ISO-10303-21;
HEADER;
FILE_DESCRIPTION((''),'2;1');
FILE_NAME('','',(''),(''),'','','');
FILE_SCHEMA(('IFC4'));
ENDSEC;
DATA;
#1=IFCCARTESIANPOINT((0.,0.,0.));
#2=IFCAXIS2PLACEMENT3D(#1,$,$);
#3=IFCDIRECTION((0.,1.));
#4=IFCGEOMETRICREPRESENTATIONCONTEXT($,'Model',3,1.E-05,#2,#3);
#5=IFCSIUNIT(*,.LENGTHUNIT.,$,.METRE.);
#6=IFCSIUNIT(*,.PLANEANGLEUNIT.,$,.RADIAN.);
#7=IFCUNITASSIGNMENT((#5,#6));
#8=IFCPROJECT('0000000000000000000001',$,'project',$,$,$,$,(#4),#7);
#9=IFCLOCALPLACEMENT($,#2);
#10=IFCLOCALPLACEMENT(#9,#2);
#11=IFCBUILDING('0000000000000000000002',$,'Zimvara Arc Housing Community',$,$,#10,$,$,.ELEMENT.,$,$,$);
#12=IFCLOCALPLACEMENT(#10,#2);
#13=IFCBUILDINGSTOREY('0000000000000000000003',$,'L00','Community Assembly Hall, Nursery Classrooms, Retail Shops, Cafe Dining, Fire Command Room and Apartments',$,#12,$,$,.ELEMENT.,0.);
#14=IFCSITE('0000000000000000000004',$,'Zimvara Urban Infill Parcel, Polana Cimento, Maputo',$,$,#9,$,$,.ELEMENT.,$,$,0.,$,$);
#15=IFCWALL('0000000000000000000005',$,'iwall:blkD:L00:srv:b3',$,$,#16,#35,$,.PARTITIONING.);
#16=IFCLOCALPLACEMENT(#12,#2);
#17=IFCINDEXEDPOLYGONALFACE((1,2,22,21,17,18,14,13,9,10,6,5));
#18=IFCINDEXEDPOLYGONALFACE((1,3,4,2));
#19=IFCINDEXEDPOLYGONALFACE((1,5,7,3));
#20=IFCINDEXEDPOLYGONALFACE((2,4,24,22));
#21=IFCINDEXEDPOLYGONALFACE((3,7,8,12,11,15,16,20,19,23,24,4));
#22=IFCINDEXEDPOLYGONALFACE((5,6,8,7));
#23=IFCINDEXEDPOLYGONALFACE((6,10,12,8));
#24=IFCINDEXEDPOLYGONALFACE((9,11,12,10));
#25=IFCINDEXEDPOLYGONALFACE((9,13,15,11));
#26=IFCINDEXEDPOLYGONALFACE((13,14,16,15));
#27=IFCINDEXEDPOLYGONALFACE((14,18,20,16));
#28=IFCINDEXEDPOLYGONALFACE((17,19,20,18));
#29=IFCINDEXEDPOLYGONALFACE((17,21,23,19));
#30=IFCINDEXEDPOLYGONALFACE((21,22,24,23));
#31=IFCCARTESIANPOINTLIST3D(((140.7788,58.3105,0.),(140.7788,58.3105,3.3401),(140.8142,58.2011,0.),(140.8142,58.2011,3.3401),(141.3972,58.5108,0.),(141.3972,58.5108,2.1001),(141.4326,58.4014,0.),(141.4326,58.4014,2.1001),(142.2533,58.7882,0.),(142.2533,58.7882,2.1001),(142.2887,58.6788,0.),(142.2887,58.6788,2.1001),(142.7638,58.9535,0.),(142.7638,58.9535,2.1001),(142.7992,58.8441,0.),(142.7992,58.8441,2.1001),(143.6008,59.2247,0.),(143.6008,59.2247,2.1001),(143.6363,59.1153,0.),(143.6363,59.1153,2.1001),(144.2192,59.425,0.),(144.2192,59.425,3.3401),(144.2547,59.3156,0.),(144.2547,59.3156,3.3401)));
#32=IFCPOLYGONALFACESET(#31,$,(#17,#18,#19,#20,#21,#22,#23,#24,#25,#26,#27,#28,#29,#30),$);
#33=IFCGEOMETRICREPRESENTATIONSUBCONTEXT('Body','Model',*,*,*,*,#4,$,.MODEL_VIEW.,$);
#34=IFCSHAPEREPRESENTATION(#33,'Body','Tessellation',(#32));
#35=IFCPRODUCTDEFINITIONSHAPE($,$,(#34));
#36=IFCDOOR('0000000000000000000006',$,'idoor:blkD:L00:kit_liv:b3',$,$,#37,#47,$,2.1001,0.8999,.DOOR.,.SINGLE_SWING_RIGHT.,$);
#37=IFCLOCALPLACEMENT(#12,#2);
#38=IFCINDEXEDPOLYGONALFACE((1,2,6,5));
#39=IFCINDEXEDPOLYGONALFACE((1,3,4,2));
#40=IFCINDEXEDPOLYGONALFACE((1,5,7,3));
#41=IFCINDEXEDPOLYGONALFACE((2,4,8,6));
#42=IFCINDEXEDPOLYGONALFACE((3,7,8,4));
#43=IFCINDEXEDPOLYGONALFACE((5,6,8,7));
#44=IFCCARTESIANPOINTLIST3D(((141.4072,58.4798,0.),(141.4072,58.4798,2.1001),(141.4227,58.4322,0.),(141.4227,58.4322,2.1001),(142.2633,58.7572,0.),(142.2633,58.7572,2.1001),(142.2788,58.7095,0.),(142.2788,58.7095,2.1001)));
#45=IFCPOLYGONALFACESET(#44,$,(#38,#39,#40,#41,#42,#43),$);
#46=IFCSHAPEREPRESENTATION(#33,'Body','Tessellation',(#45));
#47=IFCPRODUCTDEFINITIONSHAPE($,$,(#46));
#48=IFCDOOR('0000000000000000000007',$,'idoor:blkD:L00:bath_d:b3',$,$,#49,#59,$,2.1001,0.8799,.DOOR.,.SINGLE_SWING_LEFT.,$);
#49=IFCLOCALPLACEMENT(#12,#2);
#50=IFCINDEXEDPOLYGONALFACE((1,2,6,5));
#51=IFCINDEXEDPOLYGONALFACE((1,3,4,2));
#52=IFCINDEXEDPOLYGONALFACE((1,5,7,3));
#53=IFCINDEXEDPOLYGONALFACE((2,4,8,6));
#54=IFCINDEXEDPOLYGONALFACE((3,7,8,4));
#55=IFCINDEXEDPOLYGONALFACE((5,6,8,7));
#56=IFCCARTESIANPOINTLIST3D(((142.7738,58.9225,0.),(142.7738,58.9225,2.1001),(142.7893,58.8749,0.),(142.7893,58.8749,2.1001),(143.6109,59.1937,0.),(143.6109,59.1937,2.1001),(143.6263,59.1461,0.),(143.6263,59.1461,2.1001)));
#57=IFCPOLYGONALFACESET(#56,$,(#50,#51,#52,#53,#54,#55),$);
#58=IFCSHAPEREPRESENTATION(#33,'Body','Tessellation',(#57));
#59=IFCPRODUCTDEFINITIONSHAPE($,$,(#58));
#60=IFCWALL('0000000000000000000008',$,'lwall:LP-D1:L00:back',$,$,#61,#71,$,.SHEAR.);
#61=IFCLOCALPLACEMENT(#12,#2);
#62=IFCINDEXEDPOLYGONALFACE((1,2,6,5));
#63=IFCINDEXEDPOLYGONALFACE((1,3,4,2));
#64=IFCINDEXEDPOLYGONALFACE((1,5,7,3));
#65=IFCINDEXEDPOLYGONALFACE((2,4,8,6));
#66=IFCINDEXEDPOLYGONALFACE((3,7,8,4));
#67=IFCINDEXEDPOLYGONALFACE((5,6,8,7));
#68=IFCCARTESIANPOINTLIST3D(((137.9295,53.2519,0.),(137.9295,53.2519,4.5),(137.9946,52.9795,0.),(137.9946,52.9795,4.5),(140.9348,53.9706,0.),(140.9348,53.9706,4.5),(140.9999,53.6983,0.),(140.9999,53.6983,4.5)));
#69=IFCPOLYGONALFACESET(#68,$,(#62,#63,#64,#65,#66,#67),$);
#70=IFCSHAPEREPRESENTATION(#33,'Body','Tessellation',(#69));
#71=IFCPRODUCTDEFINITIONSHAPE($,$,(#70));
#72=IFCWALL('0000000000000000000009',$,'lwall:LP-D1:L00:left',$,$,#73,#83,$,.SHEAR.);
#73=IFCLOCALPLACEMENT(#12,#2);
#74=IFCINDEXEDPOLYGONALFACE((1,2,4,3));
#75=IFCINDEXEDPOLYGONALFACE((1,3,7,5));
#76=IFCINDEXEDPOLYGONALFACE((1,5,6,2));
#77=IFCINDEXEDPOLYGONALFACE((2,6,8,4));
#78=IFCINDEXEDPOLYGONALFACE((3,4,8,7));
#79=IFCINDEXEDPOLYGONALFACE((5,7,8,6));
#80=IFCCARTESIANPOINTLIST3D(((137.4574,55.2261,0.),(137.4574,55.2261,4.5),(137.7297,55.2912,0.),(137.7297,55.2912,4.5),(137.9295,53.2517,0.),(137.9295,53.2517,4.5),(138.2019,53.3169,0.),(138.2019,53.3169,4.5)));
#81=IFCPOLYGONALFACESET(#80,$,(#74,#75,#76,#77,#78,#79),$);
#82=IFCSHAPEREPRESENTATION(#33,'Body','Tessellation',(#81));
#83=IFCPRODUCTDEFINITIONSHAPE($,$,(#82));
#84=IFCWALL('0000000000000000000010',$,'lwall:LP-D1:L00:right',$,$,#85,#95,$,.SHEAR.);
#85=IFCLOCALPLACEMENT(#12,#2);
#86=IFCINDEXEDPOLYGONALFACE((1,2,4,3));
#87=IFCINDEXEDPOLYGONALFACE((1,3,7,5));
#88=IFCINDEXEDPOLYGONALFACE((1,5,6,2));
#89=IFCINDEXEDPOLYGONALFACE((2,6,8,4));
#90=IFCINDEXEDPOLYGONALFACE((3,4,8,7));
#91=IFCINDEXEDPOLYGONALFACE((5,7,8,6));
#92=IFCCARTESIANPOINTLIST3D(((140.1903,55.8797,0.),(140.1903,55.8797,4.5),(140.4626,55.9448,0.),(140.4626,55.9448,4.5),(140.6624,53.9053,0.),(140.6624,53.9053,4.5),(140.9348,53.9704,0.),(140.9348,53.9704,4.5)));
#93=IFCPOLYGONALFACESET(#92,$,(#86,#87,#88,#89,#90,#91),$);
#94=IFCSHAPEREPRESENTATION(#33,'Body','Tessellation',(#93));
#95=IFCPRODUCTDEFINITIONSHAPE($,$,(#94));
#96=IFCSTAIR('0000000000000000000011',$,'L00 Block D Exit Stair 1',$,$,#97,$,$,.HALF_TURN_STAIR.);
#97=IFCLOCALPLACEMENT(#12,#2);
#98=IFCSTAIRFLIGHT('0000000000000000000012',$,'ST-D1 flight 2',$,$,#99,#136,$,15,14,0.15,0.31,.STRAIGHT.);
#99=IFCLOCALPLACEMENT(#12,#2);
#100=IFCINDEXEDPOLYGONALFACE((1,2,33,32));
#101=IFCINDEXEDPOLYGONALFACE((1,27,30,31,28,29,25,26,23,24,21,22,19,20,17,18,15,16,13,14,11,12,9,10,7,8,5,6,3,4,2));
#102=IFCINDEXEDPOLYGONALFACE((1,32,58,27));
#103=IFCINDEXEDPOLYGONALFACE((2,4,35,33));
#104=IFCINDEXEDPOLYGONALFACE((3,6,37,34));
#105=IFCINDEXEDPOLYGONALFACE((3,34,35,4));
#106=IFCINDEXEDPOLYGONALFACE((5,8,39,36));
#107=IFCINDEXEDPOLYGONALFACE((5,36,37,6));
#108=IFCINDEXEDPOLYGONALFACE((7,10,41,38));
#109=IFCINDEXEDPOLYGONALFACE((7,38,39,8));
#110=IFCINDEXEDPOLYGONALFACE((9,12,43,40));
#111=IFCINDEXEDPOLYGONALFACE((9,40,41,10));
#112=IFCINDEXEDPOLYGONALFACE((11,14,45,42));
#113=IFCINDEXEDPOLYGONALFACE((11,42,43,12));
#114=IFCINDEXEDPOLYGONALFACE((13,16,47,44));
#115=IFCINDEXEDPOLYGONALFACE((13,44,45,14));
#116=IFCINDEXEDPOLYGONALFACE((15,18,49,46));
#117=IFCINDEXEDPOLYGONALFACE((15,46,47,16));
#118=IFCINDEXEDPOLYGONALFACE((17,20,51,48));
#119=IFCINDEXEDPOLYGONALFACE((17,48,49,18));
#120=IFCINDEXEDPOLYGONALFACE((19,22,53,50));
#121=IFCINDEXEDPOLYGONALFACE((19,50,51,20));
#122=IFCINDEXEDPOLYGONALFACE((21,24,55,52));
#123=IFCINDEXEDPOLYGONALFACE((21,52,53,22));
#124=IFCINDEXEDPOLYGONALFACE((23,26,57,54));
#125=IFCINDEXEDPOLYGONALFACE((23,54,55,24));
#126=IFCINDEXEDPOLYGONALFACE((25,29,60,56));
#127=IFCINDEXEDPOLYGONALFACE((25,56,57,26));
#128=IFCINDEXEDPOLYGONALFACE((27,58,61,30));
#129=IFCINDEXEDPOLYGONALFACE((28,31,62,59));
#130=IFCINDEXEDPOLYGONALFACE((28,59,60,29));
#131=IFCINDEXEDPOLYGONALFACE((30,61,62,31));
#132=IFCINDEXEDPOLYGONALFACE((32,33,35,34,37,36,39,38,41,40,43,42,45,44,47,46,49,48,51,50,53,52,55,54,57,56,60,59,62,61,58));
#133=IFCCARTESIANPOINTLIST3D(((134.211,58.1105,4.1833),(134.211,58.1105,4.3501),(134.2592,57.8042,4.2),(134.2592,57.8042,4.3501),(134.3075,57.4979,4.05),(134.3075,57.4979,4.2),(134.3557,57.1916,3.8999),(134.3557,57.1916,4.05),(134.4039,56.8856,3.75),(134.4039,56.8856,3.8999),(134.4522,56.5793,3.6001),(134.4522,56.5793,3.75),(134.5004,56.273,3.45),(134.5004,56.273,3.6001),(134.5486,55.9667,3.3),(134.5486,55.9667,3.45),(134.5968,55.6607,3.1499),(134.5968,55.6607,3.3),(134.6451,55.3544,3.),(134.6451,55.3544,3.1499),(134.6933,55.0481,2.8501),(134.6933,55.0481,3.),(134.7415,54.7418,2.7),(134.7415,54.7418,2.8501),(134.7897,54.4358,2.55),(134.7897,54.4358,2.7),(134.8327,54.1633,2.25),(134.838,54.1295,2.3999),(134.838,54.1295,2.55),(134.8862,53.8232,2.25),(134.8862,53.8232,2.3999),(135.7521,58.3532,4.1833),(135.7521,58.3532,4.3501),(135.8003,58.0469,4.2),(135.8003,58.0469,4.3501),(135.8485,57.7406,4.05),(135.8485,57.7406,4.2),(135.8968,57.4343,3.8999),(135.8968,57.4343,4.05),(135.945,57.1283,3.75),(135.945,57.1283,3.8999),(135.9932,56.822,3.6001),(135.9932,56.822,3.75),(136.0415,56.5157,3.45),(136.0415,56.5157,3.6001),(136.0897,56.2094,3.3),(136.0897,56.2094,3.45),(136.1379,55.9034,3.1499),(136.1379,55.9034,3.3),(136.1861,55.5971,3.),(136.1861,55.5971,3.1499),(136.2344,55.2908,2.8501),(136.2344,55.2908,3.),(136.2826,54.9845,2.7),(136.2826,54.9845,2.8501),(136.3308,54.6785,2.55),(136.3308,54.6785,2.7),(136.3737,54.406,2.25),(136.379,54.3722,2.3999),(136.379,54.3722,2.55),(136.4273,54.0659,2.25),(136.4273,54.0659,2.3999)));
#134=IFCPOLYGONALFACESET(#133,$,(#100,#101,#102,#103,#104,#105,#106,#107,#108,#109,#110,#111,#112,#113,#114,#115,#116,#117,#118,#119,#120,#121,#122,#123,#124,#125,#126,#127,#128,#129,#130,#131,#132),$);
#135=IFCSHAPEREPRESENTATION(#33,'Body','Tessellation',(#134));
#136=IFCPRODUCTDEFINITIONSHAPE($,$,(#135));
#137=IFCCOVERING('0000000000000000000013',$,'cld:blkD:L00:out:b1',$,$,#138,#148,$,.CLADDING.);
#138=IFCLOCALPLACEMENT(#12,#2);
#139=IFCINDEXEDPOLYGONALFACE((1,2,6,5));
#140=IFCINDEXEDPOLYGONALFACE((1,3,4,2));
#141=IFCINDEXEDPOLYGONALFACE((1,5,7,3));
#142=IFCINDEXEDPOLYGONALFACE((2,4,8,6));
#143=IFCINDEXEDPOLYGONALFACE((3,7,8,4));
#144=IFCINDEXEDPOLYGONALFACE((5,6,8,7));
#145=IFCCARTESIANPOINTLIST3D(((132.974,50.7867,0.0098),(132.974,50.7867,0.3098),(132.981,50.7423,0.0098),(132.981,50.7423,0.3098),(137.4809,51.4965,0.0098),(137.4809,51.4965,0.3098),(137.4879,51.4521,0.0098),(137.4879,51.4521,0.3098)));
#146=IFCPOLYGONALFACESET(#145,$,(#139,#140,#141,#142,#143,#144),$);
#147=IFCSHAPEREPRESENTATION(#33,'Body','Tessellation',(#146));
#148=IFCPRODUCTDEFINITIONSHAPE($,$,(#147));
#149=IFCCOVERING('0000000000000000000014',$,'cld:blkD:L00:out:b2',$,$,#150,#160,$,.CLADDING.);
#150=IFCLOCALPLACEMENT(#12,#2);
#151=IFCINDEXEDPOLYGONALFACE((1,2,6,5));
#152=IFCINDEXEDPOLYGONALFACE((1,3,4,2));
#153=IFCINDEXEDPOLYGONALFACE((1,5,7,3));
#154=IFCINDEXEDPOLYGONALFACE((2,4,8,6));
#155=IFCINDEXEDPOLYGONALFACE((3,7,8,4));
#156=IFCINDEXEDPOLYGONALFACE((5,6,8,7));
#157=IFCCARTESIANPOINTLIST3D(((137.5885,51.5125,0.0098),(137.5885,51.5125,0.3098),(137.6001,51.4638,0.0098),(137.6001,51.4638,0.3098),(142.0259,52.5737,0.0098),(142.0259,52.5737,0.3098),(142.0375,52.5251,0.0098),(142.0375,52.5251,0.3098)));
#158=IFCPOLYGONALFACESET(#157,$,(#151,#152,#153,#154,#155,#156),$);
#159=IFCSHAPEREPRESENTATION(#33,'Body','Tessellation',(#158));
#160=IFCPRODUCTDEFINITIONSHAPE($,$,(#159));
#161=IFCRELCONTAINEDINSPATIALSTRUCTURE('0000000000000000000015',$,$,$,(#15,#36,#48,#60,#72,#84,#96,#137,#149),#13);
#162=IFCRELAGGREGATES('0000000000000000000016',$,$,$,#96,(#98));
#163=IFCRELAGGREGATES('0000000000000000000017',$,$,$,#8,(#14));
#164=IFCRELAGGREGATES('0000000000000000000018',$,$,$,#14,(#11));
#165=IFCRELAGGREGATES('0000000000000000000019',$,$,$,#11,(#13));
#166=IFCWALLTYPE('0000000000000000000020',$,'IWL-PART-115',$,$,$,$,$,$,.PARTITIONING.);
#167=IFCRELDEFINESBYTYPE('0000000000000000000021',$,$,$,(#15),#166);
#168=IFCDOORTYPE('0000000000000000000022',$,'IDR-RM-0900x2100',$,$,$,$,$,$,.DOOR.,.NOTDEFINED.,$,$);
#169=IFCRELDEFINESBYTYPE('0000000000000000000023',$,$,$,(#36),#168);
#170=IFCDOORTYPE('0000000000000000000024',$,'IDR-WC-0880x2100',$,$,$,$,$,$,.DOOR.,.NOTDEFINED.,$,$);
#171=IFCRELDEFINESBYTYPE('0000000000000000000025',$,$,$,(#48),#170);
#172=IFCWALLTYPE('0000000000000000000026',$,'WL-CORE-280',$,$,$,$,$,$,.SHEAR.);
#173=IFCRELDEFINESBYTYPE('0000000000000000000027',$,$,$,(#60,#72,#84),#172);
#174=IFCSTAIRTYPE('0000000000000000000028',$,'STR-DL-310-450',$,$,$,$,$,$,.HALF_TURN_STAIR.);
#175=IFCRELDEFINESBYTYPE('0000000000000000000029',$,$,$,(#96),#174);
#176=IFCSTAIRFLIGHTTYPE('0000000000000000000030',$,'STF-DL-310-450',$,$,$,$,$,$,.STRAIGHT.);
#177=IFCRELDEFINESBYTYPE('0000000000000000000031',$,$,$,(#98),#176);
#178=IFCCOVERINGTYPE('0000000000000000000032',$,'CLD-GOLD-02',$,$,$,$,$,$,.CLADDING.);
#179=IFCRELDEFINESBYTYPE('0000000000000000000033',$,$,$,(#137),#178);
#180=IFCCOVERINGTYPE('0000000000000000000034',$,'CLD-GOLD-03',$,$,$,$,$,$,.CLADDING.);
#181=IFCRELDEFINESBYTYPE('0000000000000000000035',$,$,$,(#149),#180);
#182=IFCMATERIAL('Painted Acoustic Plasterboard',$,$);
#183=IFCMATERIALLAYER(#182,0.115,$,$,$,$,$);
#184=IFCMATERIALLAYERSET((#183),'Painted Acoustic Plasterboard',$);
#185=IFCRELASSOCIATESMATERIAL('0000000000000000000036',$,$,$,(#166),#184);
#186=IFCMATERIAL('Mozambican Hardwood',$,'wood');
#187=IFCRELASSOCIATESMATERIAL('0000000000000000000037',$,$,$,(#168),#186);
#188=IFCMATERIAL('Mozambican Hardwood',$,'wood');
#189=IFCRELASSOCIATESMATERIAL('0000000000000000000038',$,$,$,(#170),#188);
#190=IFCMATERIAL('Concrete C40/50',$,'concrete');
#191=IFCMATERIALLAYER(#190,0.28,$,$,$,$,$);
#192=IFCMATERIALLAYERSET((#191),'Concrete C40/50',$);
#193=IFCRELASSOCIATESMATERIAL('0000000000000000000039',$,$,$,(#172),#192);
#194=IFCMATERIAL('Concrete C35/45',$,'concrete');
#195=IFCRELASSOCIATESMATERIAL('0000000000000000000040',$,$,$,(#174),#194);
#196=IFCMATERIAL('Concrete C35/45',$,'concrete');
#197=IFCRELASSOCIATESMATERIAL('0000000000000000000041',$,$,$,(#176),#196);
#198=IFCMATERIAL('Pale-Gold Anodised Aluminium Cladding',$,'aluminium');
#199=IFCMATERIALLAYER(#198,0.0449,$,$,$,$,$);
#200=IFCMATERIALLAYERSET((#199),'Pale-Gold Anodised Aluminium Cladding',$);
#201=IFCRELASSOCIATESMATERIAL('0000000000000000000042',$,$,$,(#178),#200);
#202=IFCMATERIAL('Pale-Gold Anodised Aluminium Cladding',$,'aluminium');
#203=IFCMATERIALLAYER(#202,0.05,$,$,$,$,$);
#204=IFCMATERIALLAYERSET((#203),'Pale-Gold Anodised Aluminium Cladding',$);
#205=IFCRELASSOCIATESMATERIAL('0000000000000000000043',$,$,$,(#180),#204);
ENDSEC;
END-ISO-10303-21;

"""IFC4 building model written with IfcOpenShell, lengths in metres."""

from ifc_helpers import new_model, si_unit, direction, frame, frame_2d, origin, origin_2d, place, context, subcontext, project, spatial, polyline, rectangle, outline, extrude, material, layer, layer_set, type_object, element, fill, aggregate, save


model = new_model("IFC4")

# Units and contexts
model_context = context("Model", 3, precision=1e-05, world=origin(), true_north=direction((0.0, 1.0)))
body_context = subcontext(model_context, "Body", "Model", "MODEL_VIEW")
ifc_project = project(units=[si_unit("LENGTHUNIT", "METRE"), si_unit("PLANEANGLEUNIT", "RADIAN")], contexts=[model_context])

# Site, building, storey
site_placement = place(None, origin())
site = spatial("IfcSite", under=ifc_project, at=site_placement, Name="Zimvara Urban Infill Parcel, Polana Cimento, Maputo", CompositionType="ELEMENT", RefElevation=0.0)
building_placement = place(site_placement, origin())
building = spatial("IfcBuilding", under=site, at=building_placement, Name="Zimvara Arc Housing Community", CompositionType="ELEMENT")
storey_placement = place(building_placement, origin())
storey = spatial("IfcBuildingStorey", under=building, at=storey_placement, Name="L00", Description="Community Assembly Hall, Nursery Classrooms, Retail Shops, Cafe Dining, Fire Command Room and Apartments", CompositionType="ELEMENT", Elevation=0.0)

# Wall, openings, doors
ifc_material_1 = material(Name="Painted Acoustic Plasterboard")
ifc_layer_1 = layer(ifc_material_1, 0.115)
ifc_layer_set_1 = layer_set([ifc_layer_1], Name="Painted Acoustic Plasterboard")
wall_type_1 = type_object("IfcWallType", Name="IWL-PART-115", PredefinedType="PARTITIONING", material=ifc_layer_set_1)
wall_1_placement = place(storey_placement, frame((140.7966, 58.2559, 0.0), z_axis=(0.0, 0.0, 1.0), x_axis=(0.951329, 0.308176, 0.0)))
wall_1 = element("IfcWall", 1, at=wall_1_placement, inside=storey, type_object=wall_type_1, Name="iwall:blkD:L00:srv:b3", PredefinedType="PARTITIONING", context=body_context, shape_type="SweptSolid", body=[
    extrude(rectangle(XDim=3.6165, YDim=0.115, at=frame_2d((1.8081, 0.0))), origin(), (0.0, 0.0, 1.0), 3.3401),
])
opening_1_placement = place(wall_1_placement, frame((0.6499, 0.0, 0.0)))
opening_1 = element("IfcOpeningElement", 2, at=opening_1_placement, cuts=wall_1, PredefinedType="OPENING", context=body_context, shape_type="SweptSolid", body=[
    extrude(rectangle(XDim=0.8999, YDim=2.1001, at=frame_2d((0.45, 1.05))), frame((0.0, 0.0674, 0.0), z_axis=(0.0, -1.0, 0.0), x_axis=(1.0, 0.0, 0.0)), (0.0, 0.0, 1.0), 0.135),
])
opening_2_placement = place(wall_1_placement, frame((2.0864, 0.0, 0.0)))
opening_2 = element("IfcOpeningElement", 3, at=opening_2_placement, cuts=wall_1, PredefinedType="OPENING", context=body_context, shape_type="SweptSolid", body=[
    extrude(rectangle(XDim=0.8799, YDim=2.1001, at=frame_2d((0.4399, 1.05))), frame((0.0, 0.0674, 0.0), z_axis=(0.0, -1.0, 0.0), x_axis=(1.0, 0.0, 0.0)), (0.0, 0.0, 1.0), 0.135),
])
ifc_material_2 = material(Name="Mozambican Hardwood", Category="wood")
door_type_1 = type_object("IfcDoorType", Name="IDR-RM-0900x2100", OperationType="NOTDEFINED", PredefinedType="DOOR", material=ifc_material_2)
door_1_placement = place(opening_1_placement, origin())
door_1 = element("IfcDoor", 4, at=door_1_placement, inside=storey, type_object=door_type_1, Name="idoor:blkD:L00:kit_liv:b3", OperationType="SINGLE_SWING_RIGHT", OverallHeight=2.1001, OverallWidth=0.8999, PredefinedType="DOOR", context=body_context, shape_type="SweptSolid", body=[
    extrude(rectangle(XDim=0.8999, YDim=2.1001, at=frame_2d((0.45, 1.05))), frame((0.0, 0.0249, 0.0), z_axis=(0.0, -1.0, 0.0), x_axis=(1.0, 0.0, 0.0)), (0.0, 0.0, 1.0), 0.05),
])
fill(opening_1, door_1)
ifc_material_3 = material(Name="Mozambican Hardwood", Category="wood")
door_type_2 = type_object("IfcDoorType", Name="IDR-WC-0880x2100", OperationType="NOTDEFINED", PredefinedType="DOOR", material=ifc_material_3)
door_2_placement = place(opening_2_placement, origin())
door_2 = element("IfcDoor", 5, at=door_2_placement, inside=storey, type_object=door_type_2, Name="idoor:blkD:L00:bath_d:b3", OperationType="SINGLE_SWING_LEFT", OverallHeight=2.1001, OverallWidth=0.8799, PredefinedType="DOOR", context=body_context, shape_type="SweptSolid", body=[
    extrude(rectangle(XDim=0.8799, YDim=2.1001, at=frame_2d((0.4399, 1.05))), frame((0.0, 0.0249, 0.0), z_axis=(0.0, -1.0, 0.0), x_axis=(1.0, 0.0, 0.0)), (0.0, 0.0, 1.0), 0.05),
])
fill(opening_2, door_2)

# Shared definitions
ifc_material_4 = material(Name="Concrete C40/50", Category="concrete")
ifc_layer_2 = layer(ifc_material_4, 0.28)
ifc_layer_set_2 = layer_set([ifc_layer_2], Name="Concrete C40/50")
wall_type_2 = type_object("IfcWallType", Name="WL-CORE-280", PredefinedType="SHEAR", material=ifc_layer_set_2)

# Walls
wall_2_placement = place(storey_placement, frame((137.9622, 53.1157, 0.0), z_axis=(0.0, 0.0, 1.0), x_axis=(0.972573, 0.232596, 0.0)))
element("IfcWall", 6, at=wall_2_placement, inside=storey, type_object=wall_type_2, Name="lwall:LP-D1:L00:back", PredefinedType="SHEAR", context=body_context, shape_type="SweptSolid", body=[
    extrude(rectangle(XDim=3.0901, YDim=0.28, at=frame_2d((1.5449, 0.0))), origin(), (0.0, 0.0, 1.0), 4.5),
])
for number, where, z_axis, x_axis, name in (
    (7, (137.5935, 55.2588, 0.0), (0.0, 0.0, 1.0), (0.232591, -0.972575, 0.0), "lwall:LP-D1:L00:left"),
    (8, (140.3264, 55.9124, 0.0), (0.0, 0.0, 1.0), (0.232591, -0.972575, 0.0), "lwall:LP-D1:L00:right"),
):
    element("IfcWall", number, at=place(storey_placement, frame(where, z_axis=z_axis, x_axis=x_axis)), inside=storey, type_object=wall_type_2, Name=name, PredefinedType="SHEAR", context=body_context, shape_type="SweptSolid", body=[
        extrude(rectangle(XDim=2.03, YDim=0.28, at=frame_2d((1.0151, 0.0))), origin(), (0.0, 0.0, 1.0), 4.5),
    ])

# Stair, stair flight
ifc_material_5 = material(Name="Concrete C35/45", Category="concrete")
stair_type = type_object("IfcStairType", Name="STR-DL-310-450", PredefinedType="HALF_TURN_STAIR", material=ifc_material_5)
stair_placement = place(storey_placement, origin())
stair = element("IfcStair", 9, at=stair_placement, inside=storey, type_object=stair_type, Name="L00 Block D Exit Stair 1", PredefinedType="HALF_TURN_STAIR")
ifc_material_6 = material(Name="Concrete C35/45", Category="concrete")
stair_flight_type = type_object("IfcStairFlightType", Name="STF-DL-310-450", PredefinedType="STRAIGHT", material=ifc_material_6)
stair_flight_placement = place(storey_placement, frame((135.6567, 53.9446, 2.25), z_axis=(0.0, 0.0, 1.0), x_axis=(-0.155572, 0.987824, 0.0)))
stair_flight = element("IfcStairFlight", 10, at=stair_flight_placement, type_object=stair_flight_type, Name="ST-D1 flight 2", NumberOfRisers=15, NumberOfTreads=14, PredefinedType="STRAIGHT", RiserHeight=0.15, TreadLength=0.31, context=body_context, shape_type="SweptSolid", body=[
    extrude(outline(polyline([(0.0, 0.0), (0.0, 0.1499), (0.3101, 0.1499), (0.3101, 0.3), (0.6201, 0.3), (0.6201, 0.45), (0.9299, 0.45), (0.9299, 0.6001), (1.24, 0.6001), (1.24, 0.75), (1.55, 0.75), (1.55, 0.8999), (1.8601, 0.8999), (1.8601, 1.05), (2.1699, 1.05), (2.1699, 1.2), (2.48, 1.2), (2.48, 1.3501), (2.79, 1.3501), (2.79, 1.5), (3.1001, 1.5), (3.1001, 1.6499), (3.4099, 1.6499), (3.4099, 1.8), (3.72, 1.8), (3.72, 1.95), (4.03, 1.95), (4.03, 2.1001), (4.3401, 2.1001), (4.3401, 2.25), (4.3401, 1.9333), (0.3442, 0.0), (0.0, 0.0)])), frame((0.0, 0.78, 0.0), z_axis=(0.0, -1.0, 0.0), x_axis=(1.0, 0.0, 0.0)), (0.0, 0.0, 1.0), 1.5601),
])
aggregate(stair, [stair_flight])

# Coverings
ifc_material_7 = material(Name="Pale-Gold Anodised Aluminium Cladding", Category="aluminium")
ifc_layer_3 = layer(ifc_material_7, 0.0449)
ifc_layer_set_3 = layer_set([ifc_layer_3], Name="Pale-Gold Anodised Aluminium Cladding")
covering_type_1 = type_object("IfcCoveringType", Name="CLD-GOLD-02", PredefinedType="CLADDING", material=ifc_layer_set_3)
covering_1_placement = place(storey_placement, frame((135.231, 51.1194, 0.0098), z_axis=(0.0, 0.0, 1.0), x_axis=(0.987824, 0.155572, 0.0)))
element("IfcCovering", 11, at=covering_1_placement, inside=storey, type_object=covering_type_1, Name="cld:blkD:L00:out:b1", PredefinedType="CLADDING", context=body_context, shape_type="SweptSolid", body=[
    extrude(rectangle(XDim=4.5625, YDim=0.0449, at=origin_2d()), origin(), (0.0, 0.0, 1.0), 0.3),
])
ifc_material_8 = material(Name="Pale-Gold Anodised Aluminium Cladding", Category="aluminium")
ifc_layer_4 = layer(ifc_material_8, 0.05)
ifc_layer_set_4 = layer_set([ifc_layer_4], Name="Pale-Gold Anodised Aluminium Cladding")
covering_type_2 = type_object("IfcCoveringType", Name="CLD-GOLD-03", PredefinedType="CLADDING", material=ifc_layer_set_4)
covering_2_placement = place(storey_placement, frame((139.813, 52.0188, 0.0098), z_axis=(0.0, 0.0, 1.0), x_axis=(0.972573, 0.232597, 0.0)))
element("IfcCovering", 12, at=covering_2_placement, inside=storey, type_object=covering_type_2, Name="cld:blkD:L00:out:b2", PredefinedType="CLADDING", context=body_context, shape_type="SweptSolid", body=[
    extrude(rectangle(XDim=4.5625, YDim=0.05, at=origin_2d()), origin(), (0.0, 0.0, 1.0), 0.3),
])

save(model, "model.ifc")
